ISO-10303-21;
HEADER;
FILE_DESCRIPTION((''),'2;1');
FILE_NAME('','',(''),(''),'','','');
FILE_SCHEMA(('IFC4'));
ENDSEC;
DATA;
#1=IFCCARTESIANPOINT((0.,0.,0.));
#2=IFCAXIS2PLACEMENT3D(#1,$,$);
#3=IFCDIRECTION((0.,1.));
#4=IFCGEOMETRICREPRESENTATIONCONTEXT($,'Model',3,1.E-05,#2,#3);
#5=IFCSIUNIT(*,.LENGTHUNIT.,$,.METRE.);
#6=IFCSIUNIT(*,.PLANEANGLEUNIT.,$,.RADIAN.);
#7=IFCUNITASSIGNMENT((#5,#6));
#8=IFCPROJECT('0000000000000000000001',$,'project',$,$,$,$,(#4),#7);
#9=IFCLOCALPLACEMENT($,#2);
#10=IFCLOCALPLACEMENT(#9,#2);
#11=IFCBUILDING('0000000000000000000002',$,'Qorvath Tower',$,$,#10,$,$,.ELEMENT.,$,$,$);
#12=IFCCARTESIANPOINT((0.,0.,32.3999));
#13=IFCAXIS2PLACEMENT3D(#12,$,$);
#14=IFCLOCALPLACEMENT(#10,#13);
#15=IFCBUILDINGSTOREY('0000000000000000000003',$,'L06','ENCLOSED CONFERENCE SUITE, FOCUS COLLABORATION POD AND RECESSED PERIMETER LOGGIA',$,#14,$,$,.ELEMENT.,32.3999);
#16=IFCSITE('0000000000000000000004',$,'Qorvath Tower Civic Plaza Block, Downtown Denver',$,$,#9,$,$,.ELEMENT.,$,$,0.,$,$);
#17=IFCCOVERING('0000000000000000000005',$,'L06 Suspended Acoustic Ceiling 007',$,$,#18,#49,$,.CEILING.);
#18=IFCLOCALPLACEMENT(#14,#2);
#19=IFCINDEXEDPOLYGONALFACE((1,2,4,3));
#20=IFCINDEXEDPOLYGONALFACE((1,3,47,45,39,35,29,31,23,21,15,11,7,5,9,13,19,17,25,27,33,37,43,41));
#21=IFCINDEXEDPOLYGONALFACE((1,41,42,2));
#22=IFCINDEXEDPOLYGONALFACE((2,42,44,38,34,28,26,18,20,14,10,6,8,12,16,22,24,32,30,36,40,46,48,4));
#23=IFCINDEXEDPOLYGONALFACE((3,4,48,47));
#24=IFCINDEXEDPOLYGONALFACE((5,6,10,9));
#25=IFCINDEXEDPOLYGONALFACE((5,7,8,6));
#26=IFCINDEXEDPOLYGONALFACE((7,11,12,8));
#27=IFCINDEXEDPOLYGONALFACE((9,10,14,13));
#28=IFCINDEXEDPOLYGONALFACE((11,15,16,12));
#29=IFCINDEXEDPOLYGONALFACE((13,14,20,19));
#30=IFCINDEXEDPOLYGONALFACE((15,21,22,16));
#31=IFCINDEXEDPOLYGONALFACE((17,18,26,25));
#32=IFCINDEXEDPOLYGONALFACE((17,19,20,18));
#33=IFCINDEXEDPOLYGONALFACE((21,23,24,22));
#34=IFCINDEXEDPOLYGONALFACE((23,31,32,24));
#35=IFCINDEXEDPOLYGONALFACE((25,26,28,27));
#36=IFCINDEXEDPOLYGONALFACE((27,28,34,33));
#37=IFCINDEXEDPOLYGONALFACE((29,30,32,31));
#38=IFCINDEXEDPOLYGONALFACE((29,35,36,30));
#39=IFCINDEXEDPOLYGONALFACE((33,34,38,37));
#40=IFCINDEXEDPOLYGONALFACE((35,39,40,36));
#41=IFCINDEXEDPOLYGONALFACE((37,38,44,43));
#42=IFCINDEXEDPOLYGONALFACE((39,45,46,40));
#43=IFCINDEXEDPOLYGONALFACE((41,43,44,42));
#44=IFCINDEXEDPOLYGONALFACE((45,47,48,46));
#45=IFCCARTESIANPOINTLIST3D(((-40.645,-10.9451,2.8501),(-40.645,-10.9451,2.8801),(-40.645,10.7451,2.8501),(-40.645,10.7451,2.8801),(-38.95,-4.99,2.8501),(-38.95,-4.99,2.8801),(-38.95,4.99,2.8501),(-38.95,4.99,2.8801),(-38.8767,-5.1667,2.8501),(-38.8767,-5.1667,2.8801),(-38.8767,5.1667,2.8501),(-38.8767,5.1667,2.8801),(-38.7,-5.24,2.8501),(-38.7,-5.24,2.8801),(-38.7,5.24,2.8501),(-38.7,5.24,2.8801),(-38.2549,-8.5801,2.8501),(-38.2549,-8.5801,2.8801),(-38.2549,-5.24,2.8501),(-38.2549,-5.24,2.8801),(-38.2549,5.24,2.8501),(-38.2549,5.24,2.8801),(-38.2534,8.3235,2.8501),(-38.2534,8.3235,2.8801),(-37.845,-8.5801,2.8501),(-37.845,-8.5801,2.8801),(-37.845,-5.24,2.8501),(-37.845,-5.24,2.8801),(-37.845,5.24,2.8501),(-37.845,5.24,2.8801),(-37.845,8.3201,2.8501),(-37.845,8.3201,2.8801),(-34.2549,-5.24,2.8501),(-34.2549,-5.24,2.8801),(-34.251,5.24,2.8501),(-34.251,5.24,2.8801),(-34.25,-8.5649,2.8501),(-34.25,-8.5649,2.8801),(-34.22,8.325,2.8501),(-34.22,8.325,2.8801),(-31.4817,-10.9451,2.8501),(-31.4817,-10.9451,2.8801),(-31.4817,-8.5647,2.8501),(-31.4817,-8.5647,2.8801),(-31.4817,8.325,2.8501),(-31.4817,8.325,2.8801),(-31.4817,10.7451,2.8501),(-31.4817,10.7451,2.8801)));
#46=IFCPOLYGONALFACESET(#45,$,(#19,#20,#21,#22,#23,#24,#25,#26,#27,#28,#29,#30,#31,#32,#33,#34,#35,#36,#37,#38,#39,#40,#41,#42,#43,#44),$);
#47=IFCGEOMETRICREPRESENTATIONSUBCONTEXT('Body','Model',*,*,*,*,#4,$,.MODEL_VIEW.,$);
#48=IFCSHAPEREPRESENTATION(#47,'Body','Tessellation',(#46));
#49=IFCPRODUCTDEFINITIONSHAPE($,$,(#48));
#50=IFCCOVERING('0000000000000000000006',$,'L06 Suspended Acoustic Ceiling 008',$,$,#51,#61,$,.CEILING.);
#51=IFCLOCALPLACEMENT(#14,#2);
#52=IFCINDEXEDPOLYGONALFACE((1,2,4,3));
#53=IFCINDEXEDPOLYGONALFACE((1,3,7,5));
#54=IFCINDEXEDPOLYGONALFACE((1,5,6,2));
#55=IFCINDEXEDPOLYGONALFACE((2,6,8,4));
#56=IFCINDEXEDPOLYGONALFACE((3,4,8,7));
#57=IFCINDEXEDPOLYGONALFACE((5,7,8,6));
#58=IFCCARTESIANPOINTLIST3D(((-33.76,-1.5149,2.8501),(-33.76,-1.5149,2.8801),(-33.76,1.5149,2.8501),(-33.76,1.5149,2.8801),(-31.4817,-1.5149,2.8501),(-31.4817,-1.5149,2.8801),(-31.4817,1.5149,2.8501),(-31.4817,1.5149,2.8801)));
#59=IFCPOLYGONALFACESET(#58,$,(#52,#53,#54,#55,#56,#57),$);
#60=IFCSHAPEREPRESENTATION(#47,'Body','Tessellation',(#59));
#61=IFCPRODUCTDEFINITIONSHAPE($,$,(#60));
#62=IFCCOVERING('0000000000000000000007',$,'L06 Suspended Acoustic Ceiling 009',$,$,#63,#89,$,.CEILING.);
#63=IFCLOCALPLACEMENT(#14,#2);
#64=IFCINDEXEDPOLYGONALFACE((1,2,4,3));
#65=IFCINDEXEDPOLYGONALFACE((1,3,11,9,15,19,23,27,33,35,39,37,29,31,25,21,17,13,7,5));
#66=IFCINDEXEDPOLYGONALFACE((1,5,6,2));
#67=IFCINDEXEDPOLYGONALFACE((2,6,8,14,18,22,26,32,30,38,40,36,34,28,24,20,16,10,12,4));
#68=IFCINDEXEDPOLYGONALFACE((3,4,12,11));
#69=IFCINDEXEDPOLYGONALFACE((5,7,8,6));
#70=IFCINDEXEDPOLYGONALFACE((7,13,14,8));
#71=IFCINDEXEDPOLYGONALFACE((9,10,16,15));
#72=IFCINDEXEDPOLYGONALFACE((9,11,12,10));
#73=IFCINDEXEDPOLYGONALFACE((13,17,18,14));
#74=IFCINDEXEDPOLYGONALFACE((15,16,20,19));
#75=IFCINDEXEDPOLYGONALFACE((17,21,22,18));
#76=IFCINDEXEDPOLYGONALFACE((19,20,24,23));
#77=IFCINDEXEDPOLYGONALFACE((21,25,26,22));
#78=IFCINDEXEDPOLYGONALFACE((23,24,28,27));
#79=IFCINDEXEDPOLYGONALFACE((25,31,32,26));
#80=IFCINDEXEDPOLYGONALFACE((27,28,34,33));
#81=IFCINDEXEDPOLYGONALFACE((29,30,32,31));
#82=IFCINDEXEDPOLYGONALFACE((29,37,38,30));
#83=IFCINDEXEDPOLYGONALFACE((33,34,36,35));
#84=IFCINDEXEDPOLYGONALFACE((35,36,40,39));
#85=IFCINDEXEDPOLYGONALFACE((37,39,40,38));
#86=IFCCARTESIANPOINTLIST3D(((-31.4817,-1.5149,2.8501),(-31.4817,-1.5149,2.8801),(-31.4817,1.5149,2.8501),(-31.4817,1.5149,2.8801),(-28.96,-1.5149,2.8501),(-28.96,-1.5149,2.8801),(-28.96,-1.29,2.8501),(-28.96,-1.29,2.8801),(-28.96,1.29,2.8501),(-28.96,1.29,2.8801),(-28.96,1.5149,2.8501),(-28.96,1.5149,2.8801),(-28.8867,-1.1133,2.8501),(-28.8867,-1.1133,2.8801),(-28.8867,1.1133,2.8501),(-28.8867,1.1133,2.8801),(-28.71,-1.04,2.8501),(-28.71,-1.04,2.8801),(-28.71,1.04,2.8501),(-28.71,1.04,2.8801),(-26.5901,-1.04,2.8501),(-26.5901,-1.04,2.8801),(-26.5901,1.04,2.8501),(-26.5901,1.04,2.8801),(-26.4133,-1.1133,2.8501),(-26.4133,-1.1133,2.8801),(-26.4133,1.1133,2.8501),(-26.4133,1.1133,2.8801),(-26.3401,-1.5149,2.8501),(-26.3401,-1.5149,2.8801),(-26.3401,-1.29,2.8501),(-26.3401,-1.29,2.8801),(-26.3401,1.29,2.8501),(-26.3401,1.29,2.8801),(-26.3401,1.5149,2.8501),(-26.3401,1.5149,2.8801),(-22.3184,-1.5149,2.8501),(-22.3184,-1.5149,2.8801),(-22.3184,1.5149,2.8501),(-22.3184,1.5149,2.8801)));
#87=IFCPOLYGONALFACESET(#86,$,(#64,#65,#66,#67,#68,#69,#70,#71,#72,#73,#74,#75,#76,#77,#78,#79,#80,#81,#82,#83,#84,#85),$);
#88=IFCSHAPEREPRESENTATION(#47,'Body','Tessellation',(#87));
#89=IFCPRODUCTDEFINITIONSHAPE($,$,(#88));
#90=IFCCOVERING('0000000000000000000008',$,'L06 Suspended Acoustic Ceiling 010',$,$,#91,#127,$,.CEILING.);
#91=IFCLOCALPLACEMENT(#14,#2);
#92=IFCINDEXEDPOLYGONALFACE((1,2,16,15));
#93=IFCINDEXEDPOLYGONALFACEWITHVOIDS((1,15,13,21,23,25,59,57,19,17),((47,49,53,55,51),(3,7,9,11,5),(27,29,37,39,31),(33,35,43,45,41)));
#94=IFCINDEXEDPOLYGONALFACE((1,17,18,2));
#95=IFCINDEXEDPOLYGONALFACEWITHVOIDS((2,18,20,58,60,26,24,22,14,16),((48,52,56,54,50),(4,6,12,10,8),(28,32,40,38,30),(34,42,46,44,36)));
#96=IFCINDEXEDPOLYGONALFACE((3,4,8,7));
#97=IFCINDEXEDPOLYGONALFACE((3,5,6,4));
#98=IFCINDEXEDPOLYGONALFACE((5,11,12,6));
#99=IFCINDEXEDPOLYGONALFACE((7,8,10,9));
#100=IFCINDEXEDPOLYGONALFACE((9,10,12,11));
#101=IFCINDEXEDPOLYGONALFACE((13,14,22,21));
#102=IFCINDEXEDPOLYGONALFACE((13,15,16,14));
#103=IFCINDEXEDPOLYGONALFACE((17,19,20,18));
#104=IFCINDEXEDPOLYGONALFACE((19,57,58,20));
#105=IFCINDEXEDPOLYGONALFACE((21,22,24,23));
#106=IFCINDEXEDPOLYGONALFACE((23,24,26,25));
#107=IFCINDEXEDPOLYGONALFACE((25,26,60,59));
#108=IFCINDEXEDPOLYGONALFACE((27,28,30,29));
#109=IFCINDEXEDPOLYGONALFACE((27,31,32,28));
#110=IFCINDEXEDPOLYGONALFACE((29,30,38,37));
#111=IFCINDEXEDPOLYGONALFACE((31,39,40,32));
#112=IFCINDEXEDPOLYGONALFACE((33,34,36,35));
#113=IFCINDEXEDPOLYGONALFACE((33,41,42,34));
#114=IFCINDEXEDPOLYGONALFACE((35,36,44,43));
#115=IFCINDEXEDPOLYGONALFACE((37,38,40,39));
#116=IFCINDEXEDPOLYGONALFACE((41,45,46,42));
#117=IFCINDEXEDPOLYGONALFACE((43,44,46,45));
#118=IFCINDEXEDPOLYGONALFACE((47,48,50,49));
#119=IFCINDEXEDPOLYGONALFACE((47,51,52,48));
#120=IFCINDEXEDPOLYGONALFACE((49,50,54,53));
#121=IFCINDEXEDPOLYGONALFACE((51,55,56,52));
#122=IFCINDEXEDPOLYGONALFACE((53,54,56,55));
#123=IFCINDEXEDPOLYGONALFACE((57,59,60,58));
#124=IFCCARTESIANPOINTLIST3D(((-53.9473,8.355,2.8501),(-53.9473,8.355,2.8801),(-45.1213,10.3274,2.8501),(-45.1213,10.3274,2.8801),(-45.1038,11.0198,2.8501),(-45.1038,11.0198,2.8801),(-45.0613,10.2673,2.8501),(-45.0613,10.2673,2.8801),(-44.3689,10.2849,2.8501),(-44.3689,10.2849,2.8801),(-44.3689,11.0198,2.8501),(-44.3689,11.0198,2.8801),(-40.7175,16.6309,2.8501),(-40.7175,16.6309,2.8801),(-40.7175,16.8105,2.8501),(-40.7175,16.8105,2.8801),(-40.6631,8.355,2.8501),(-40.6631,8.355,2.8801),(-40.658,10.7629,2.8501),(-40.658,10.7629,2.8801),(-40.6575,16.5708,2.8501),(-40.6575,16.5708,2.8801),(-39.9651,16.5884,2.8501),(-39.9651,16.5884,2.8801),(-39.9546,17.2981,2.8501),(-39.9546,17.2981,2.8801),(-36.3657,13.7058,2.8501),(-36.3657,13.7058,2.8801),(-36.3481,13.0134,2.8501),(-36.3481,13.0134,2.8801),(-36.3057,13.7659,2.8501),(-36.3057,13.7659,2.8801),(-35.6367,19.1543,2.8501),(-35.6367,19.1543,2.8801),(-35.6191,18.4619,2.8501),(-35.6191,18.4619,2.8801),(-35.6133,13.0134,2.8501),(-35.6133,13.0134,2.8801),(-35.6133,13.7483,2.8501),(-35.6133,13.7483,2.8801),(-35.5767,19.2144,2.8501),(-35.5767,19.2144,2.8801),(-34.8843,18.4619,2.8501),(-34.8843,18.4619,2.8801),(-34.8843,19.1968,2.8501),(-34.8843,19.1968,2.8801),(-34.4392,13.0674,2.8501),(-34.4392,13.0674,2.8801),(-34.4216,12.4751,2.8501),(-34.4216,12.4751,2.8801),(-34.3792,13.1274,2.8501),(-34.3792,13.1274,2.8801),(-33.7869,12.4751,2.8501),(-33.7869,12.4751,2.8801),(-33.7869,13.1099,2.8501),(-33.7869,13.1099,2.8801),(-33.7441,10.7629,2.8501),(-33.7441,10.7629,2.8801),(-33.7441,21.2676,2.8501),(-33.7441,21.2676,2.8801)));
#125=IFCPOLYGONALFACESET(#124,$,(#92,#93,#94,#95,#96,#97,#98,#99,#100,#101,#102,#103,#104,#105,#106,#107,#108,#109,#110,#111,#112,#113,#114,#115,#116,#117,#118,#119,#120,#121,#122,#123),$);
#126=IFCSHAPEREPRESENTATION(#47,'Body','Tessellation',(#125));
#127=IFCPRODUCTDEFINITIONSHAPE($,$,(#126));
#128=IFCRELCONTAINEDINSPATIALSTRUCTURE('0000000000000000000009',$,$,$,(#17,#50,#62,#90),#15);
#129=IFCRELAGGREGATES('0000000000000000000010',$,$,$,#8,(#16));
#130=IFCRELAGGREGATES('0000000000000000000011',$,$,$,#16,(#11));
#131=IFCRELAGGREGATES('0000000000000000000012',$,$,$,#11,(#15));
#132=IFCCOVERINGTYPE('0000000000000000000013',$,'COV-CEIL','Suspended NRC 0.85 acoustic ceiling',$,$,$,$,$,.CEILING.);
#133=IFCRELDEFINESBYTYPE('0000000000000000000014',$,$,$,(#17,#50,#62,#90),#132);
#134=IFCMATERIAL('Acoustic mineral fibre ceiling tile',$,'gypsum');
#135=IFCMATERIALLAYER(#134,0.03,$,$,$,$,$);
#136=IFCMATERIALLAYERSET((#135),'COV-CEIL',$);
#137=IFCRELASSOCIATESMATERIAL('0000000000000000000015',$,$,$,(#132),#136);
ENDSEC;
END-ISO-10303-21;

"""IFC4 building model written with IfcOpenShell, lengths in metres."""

from ifc_helpers import new_model, si_unit, direction, frame, origin, place, context, subcontext, project, spatial, polyline, outline, extrude, material, layer, layer_set, type_object, element, save


model = new_model("IFC4")

# Units and contexts
model_context = context("Model", 3, precision=1e-05, world=origin(), true_north=direction((0.0, 1.0)))
body_context = subcontext(model_context, "Body", "Model", "MODEL_VIEW")
ifc_project = project(units=[si_unit("LENGTHUNIT", "METRE"), si_unit("PLANEANGLEUNIT", "RADIAN")], contexts=[model_context])

# Site, building, storey
site_placement = place(None, origin())
site = spatial("IfcSite", under=ifc_project, at=site_placement, Name="Qorvath Tower Civic Plaza Block, Downtown Denver", CompositionType="ELEMENT", RefElevation=0.0)
building_placement = place(site_placement, origin())
building = spatial("IfcBuilding", under=site, at=building_placement, Name="Qorvath Tower", CompositionType="ELEMENT")
storey_placement = place(building_placement, frame((0.0, 0.0, 32.3999)))
storey = spatial("IfcBuildingStorey", under=building, at=storey_placement, Name="L06", Description="ENCLOSED CONFERENCE SUITE, FOCUS COLLABORATION POD AND RECESSED PERIMETER LOGGIA", CompositionType="ELEMENT", Elevation=32.3999)

# Coverings
ifc_material_1 = material(Name="Acoustic mineral fibre ceiling tile", Category="gypsum")
ifc_layer_1 = layer(ifc_material_1, 0.03)
ifc_layer_set_1 = layer_set([ifc_layer_1], Name="COV-CEIL")
covering_type_1 = type_object("IfcCoveringType", Name="COV-CEIL", Description="Suspended NRC 0.85 acoustic ceiling", PredefinedType="CEILING", material=ifc_layer_set_1)
covering_1_placement = place(storey_placement, frame((0.0, 0.0, 2.8501)))
element("IfcCovering", 1, at=covering_1_placement, inside=storey, type_object=covering_type_1, Name="L06 Suspended Acoustic Ceiling 007", PredefinedType="CEILING", context=body_context, shape_type="SweptSolid", body=[
    extrude(outline(polyline([(-31.4817, -10.9451), (-31.4817, -8.5647), (-34.25, -8.5649), (-34.2549, -5.24), (-37.845, -5.24), (-37.845, -8.5801), (-38.2549, -8.5801), (-38.2549, -5.24), (-38.7, -5.24), (-38.8767, -5.1667), (-38.95, -4.99), (-38.95, 4.99), (-38.8767, 5.1667), (-38.7, 5.24), (-38.2549, 5.24), (-38.2534, 8.3235), (-37.845, 8.3201), (-37.845, 5.24), (-34.251, 5.24), (-34.22, 8.325), (-31.4817, 8.325), (-31.4817, 10.7451), (-40.645, 10.7451), (-40.645, -10.9451), (-31.4817, -10.9451)])), origin(), (0.0, 0.0, 1.0), 0.03),
])
covering_2_placement = place(storey_placement, frame((0.0, 0.0, 2.8501)))
element("IfcCovering", 2, at=covering_2_placement, inside=storey, type_object=covering_type_1, Name="L06 Suspended Acoustic Ceiling 008", PredefinedType="CEILING", context=body_context, shape_type="SweptSolid", body=[
    extrude(outline(polyline([(-31.4817, -1.5149), (-31.4817, 1.5149), (-33.76, 1.5149), (-33.76, -1.5149), (-31.4817, -1.5149)])), origin(), (0.0, 0.0, 1.0), 0.03),
])
covering_3_placement = place(storey_placement, frame((0.0, 0.0, 2.8501)))
element("IfcCovering", 3, at=covering_3_placement, inside=storey, type_object=covering_type_1, Name="L06 Suspended Acoustic Ceiling 009", PredefinedType="CEILING", context=body_context, shape_type="SweptSolid", body=[
    extrude(outline(polyline([(-22.3184, -1.5149), (-22.3184, 1.5149), (-26.3401, 1.5149), (-26.3401, 1.29), (-26.4133, 1.1133), (-26.5901, 1.04), (-28.71, 1.04), (-28.8867, 1.1133), (-28.96, 1.29), (-28.96, 1.5149), (-31.4817, 1.5149), (-31.4817, -1.5149), (-28.96, -1.5149), (-28.96, -1.29), (-28.8867, -1.1133), (-28.71, -1.04), (-26.5901, -1.04), (-26.4133, -1.1133), (-26.3401, -1.29), (-26.3401, -1.5149), (-22.3184, -1.5149)])), origin(), (0.0, 0.0, 1.0), 0.03),
])
covering_4_placement = place(storey_placement, frame((0.0, 0.0, 2.8501)))
element("IfcCovering", 4, at=covering_4_placement, inside=storey, type_object=covering_type_1, Name="L06 Suspended Acoustic Ceiling 010", PredefinedType="CEILING", context=body_context, shape_type="SweptSolid", body=[
    extrude(outline(polyline([(-33.7441, 10.7629), (-33.7441, 21.2676), (-39.9546, 17.2981), (-39.9651, 16.5884), (-40.6575, 16.5708), (-40.7175, 16.6309), (-40.7175, 16.8105), (-53.9473, 8.355), (-40.6631, 8.355), (-40.658, 10.7629), (-33.7441, 10.7629)]), holes=[polyline([(-34.4392, 13.0674), (-34.3792, 13.1274), (-33.7869, 13.1099), (-33.7869, 12.4751), (-34.4216, 12.4751), (-34.4392, 13.0674)]), polyline([(-35.6367, 19.1543), (-35.5767, 19.2144), (-34.8843, 19.1968), (-34.8843, 18.4619), (-35.6191, 18.4619), (-35.6367, 19.1543)]), polyline([(-36.3657, 13.7058), (-36.3057, 13.7659), (-35.6133, 13.7483), (-35.6133, 13.0134), (-36.3481, 13.0134), (-36.3657, 13.7058)]), polyline([(-45.1213, 10.3274), (-45.1038, 11.0198), (-44.3689, 11.0198), (-44.3689, 10.2849), (-45.0613, 10.2673), (-45.1213, 10.3274)])]), origin(), (0.0, 0.0, 1.0), 0.03),
])

save(model, "model.ifc")
